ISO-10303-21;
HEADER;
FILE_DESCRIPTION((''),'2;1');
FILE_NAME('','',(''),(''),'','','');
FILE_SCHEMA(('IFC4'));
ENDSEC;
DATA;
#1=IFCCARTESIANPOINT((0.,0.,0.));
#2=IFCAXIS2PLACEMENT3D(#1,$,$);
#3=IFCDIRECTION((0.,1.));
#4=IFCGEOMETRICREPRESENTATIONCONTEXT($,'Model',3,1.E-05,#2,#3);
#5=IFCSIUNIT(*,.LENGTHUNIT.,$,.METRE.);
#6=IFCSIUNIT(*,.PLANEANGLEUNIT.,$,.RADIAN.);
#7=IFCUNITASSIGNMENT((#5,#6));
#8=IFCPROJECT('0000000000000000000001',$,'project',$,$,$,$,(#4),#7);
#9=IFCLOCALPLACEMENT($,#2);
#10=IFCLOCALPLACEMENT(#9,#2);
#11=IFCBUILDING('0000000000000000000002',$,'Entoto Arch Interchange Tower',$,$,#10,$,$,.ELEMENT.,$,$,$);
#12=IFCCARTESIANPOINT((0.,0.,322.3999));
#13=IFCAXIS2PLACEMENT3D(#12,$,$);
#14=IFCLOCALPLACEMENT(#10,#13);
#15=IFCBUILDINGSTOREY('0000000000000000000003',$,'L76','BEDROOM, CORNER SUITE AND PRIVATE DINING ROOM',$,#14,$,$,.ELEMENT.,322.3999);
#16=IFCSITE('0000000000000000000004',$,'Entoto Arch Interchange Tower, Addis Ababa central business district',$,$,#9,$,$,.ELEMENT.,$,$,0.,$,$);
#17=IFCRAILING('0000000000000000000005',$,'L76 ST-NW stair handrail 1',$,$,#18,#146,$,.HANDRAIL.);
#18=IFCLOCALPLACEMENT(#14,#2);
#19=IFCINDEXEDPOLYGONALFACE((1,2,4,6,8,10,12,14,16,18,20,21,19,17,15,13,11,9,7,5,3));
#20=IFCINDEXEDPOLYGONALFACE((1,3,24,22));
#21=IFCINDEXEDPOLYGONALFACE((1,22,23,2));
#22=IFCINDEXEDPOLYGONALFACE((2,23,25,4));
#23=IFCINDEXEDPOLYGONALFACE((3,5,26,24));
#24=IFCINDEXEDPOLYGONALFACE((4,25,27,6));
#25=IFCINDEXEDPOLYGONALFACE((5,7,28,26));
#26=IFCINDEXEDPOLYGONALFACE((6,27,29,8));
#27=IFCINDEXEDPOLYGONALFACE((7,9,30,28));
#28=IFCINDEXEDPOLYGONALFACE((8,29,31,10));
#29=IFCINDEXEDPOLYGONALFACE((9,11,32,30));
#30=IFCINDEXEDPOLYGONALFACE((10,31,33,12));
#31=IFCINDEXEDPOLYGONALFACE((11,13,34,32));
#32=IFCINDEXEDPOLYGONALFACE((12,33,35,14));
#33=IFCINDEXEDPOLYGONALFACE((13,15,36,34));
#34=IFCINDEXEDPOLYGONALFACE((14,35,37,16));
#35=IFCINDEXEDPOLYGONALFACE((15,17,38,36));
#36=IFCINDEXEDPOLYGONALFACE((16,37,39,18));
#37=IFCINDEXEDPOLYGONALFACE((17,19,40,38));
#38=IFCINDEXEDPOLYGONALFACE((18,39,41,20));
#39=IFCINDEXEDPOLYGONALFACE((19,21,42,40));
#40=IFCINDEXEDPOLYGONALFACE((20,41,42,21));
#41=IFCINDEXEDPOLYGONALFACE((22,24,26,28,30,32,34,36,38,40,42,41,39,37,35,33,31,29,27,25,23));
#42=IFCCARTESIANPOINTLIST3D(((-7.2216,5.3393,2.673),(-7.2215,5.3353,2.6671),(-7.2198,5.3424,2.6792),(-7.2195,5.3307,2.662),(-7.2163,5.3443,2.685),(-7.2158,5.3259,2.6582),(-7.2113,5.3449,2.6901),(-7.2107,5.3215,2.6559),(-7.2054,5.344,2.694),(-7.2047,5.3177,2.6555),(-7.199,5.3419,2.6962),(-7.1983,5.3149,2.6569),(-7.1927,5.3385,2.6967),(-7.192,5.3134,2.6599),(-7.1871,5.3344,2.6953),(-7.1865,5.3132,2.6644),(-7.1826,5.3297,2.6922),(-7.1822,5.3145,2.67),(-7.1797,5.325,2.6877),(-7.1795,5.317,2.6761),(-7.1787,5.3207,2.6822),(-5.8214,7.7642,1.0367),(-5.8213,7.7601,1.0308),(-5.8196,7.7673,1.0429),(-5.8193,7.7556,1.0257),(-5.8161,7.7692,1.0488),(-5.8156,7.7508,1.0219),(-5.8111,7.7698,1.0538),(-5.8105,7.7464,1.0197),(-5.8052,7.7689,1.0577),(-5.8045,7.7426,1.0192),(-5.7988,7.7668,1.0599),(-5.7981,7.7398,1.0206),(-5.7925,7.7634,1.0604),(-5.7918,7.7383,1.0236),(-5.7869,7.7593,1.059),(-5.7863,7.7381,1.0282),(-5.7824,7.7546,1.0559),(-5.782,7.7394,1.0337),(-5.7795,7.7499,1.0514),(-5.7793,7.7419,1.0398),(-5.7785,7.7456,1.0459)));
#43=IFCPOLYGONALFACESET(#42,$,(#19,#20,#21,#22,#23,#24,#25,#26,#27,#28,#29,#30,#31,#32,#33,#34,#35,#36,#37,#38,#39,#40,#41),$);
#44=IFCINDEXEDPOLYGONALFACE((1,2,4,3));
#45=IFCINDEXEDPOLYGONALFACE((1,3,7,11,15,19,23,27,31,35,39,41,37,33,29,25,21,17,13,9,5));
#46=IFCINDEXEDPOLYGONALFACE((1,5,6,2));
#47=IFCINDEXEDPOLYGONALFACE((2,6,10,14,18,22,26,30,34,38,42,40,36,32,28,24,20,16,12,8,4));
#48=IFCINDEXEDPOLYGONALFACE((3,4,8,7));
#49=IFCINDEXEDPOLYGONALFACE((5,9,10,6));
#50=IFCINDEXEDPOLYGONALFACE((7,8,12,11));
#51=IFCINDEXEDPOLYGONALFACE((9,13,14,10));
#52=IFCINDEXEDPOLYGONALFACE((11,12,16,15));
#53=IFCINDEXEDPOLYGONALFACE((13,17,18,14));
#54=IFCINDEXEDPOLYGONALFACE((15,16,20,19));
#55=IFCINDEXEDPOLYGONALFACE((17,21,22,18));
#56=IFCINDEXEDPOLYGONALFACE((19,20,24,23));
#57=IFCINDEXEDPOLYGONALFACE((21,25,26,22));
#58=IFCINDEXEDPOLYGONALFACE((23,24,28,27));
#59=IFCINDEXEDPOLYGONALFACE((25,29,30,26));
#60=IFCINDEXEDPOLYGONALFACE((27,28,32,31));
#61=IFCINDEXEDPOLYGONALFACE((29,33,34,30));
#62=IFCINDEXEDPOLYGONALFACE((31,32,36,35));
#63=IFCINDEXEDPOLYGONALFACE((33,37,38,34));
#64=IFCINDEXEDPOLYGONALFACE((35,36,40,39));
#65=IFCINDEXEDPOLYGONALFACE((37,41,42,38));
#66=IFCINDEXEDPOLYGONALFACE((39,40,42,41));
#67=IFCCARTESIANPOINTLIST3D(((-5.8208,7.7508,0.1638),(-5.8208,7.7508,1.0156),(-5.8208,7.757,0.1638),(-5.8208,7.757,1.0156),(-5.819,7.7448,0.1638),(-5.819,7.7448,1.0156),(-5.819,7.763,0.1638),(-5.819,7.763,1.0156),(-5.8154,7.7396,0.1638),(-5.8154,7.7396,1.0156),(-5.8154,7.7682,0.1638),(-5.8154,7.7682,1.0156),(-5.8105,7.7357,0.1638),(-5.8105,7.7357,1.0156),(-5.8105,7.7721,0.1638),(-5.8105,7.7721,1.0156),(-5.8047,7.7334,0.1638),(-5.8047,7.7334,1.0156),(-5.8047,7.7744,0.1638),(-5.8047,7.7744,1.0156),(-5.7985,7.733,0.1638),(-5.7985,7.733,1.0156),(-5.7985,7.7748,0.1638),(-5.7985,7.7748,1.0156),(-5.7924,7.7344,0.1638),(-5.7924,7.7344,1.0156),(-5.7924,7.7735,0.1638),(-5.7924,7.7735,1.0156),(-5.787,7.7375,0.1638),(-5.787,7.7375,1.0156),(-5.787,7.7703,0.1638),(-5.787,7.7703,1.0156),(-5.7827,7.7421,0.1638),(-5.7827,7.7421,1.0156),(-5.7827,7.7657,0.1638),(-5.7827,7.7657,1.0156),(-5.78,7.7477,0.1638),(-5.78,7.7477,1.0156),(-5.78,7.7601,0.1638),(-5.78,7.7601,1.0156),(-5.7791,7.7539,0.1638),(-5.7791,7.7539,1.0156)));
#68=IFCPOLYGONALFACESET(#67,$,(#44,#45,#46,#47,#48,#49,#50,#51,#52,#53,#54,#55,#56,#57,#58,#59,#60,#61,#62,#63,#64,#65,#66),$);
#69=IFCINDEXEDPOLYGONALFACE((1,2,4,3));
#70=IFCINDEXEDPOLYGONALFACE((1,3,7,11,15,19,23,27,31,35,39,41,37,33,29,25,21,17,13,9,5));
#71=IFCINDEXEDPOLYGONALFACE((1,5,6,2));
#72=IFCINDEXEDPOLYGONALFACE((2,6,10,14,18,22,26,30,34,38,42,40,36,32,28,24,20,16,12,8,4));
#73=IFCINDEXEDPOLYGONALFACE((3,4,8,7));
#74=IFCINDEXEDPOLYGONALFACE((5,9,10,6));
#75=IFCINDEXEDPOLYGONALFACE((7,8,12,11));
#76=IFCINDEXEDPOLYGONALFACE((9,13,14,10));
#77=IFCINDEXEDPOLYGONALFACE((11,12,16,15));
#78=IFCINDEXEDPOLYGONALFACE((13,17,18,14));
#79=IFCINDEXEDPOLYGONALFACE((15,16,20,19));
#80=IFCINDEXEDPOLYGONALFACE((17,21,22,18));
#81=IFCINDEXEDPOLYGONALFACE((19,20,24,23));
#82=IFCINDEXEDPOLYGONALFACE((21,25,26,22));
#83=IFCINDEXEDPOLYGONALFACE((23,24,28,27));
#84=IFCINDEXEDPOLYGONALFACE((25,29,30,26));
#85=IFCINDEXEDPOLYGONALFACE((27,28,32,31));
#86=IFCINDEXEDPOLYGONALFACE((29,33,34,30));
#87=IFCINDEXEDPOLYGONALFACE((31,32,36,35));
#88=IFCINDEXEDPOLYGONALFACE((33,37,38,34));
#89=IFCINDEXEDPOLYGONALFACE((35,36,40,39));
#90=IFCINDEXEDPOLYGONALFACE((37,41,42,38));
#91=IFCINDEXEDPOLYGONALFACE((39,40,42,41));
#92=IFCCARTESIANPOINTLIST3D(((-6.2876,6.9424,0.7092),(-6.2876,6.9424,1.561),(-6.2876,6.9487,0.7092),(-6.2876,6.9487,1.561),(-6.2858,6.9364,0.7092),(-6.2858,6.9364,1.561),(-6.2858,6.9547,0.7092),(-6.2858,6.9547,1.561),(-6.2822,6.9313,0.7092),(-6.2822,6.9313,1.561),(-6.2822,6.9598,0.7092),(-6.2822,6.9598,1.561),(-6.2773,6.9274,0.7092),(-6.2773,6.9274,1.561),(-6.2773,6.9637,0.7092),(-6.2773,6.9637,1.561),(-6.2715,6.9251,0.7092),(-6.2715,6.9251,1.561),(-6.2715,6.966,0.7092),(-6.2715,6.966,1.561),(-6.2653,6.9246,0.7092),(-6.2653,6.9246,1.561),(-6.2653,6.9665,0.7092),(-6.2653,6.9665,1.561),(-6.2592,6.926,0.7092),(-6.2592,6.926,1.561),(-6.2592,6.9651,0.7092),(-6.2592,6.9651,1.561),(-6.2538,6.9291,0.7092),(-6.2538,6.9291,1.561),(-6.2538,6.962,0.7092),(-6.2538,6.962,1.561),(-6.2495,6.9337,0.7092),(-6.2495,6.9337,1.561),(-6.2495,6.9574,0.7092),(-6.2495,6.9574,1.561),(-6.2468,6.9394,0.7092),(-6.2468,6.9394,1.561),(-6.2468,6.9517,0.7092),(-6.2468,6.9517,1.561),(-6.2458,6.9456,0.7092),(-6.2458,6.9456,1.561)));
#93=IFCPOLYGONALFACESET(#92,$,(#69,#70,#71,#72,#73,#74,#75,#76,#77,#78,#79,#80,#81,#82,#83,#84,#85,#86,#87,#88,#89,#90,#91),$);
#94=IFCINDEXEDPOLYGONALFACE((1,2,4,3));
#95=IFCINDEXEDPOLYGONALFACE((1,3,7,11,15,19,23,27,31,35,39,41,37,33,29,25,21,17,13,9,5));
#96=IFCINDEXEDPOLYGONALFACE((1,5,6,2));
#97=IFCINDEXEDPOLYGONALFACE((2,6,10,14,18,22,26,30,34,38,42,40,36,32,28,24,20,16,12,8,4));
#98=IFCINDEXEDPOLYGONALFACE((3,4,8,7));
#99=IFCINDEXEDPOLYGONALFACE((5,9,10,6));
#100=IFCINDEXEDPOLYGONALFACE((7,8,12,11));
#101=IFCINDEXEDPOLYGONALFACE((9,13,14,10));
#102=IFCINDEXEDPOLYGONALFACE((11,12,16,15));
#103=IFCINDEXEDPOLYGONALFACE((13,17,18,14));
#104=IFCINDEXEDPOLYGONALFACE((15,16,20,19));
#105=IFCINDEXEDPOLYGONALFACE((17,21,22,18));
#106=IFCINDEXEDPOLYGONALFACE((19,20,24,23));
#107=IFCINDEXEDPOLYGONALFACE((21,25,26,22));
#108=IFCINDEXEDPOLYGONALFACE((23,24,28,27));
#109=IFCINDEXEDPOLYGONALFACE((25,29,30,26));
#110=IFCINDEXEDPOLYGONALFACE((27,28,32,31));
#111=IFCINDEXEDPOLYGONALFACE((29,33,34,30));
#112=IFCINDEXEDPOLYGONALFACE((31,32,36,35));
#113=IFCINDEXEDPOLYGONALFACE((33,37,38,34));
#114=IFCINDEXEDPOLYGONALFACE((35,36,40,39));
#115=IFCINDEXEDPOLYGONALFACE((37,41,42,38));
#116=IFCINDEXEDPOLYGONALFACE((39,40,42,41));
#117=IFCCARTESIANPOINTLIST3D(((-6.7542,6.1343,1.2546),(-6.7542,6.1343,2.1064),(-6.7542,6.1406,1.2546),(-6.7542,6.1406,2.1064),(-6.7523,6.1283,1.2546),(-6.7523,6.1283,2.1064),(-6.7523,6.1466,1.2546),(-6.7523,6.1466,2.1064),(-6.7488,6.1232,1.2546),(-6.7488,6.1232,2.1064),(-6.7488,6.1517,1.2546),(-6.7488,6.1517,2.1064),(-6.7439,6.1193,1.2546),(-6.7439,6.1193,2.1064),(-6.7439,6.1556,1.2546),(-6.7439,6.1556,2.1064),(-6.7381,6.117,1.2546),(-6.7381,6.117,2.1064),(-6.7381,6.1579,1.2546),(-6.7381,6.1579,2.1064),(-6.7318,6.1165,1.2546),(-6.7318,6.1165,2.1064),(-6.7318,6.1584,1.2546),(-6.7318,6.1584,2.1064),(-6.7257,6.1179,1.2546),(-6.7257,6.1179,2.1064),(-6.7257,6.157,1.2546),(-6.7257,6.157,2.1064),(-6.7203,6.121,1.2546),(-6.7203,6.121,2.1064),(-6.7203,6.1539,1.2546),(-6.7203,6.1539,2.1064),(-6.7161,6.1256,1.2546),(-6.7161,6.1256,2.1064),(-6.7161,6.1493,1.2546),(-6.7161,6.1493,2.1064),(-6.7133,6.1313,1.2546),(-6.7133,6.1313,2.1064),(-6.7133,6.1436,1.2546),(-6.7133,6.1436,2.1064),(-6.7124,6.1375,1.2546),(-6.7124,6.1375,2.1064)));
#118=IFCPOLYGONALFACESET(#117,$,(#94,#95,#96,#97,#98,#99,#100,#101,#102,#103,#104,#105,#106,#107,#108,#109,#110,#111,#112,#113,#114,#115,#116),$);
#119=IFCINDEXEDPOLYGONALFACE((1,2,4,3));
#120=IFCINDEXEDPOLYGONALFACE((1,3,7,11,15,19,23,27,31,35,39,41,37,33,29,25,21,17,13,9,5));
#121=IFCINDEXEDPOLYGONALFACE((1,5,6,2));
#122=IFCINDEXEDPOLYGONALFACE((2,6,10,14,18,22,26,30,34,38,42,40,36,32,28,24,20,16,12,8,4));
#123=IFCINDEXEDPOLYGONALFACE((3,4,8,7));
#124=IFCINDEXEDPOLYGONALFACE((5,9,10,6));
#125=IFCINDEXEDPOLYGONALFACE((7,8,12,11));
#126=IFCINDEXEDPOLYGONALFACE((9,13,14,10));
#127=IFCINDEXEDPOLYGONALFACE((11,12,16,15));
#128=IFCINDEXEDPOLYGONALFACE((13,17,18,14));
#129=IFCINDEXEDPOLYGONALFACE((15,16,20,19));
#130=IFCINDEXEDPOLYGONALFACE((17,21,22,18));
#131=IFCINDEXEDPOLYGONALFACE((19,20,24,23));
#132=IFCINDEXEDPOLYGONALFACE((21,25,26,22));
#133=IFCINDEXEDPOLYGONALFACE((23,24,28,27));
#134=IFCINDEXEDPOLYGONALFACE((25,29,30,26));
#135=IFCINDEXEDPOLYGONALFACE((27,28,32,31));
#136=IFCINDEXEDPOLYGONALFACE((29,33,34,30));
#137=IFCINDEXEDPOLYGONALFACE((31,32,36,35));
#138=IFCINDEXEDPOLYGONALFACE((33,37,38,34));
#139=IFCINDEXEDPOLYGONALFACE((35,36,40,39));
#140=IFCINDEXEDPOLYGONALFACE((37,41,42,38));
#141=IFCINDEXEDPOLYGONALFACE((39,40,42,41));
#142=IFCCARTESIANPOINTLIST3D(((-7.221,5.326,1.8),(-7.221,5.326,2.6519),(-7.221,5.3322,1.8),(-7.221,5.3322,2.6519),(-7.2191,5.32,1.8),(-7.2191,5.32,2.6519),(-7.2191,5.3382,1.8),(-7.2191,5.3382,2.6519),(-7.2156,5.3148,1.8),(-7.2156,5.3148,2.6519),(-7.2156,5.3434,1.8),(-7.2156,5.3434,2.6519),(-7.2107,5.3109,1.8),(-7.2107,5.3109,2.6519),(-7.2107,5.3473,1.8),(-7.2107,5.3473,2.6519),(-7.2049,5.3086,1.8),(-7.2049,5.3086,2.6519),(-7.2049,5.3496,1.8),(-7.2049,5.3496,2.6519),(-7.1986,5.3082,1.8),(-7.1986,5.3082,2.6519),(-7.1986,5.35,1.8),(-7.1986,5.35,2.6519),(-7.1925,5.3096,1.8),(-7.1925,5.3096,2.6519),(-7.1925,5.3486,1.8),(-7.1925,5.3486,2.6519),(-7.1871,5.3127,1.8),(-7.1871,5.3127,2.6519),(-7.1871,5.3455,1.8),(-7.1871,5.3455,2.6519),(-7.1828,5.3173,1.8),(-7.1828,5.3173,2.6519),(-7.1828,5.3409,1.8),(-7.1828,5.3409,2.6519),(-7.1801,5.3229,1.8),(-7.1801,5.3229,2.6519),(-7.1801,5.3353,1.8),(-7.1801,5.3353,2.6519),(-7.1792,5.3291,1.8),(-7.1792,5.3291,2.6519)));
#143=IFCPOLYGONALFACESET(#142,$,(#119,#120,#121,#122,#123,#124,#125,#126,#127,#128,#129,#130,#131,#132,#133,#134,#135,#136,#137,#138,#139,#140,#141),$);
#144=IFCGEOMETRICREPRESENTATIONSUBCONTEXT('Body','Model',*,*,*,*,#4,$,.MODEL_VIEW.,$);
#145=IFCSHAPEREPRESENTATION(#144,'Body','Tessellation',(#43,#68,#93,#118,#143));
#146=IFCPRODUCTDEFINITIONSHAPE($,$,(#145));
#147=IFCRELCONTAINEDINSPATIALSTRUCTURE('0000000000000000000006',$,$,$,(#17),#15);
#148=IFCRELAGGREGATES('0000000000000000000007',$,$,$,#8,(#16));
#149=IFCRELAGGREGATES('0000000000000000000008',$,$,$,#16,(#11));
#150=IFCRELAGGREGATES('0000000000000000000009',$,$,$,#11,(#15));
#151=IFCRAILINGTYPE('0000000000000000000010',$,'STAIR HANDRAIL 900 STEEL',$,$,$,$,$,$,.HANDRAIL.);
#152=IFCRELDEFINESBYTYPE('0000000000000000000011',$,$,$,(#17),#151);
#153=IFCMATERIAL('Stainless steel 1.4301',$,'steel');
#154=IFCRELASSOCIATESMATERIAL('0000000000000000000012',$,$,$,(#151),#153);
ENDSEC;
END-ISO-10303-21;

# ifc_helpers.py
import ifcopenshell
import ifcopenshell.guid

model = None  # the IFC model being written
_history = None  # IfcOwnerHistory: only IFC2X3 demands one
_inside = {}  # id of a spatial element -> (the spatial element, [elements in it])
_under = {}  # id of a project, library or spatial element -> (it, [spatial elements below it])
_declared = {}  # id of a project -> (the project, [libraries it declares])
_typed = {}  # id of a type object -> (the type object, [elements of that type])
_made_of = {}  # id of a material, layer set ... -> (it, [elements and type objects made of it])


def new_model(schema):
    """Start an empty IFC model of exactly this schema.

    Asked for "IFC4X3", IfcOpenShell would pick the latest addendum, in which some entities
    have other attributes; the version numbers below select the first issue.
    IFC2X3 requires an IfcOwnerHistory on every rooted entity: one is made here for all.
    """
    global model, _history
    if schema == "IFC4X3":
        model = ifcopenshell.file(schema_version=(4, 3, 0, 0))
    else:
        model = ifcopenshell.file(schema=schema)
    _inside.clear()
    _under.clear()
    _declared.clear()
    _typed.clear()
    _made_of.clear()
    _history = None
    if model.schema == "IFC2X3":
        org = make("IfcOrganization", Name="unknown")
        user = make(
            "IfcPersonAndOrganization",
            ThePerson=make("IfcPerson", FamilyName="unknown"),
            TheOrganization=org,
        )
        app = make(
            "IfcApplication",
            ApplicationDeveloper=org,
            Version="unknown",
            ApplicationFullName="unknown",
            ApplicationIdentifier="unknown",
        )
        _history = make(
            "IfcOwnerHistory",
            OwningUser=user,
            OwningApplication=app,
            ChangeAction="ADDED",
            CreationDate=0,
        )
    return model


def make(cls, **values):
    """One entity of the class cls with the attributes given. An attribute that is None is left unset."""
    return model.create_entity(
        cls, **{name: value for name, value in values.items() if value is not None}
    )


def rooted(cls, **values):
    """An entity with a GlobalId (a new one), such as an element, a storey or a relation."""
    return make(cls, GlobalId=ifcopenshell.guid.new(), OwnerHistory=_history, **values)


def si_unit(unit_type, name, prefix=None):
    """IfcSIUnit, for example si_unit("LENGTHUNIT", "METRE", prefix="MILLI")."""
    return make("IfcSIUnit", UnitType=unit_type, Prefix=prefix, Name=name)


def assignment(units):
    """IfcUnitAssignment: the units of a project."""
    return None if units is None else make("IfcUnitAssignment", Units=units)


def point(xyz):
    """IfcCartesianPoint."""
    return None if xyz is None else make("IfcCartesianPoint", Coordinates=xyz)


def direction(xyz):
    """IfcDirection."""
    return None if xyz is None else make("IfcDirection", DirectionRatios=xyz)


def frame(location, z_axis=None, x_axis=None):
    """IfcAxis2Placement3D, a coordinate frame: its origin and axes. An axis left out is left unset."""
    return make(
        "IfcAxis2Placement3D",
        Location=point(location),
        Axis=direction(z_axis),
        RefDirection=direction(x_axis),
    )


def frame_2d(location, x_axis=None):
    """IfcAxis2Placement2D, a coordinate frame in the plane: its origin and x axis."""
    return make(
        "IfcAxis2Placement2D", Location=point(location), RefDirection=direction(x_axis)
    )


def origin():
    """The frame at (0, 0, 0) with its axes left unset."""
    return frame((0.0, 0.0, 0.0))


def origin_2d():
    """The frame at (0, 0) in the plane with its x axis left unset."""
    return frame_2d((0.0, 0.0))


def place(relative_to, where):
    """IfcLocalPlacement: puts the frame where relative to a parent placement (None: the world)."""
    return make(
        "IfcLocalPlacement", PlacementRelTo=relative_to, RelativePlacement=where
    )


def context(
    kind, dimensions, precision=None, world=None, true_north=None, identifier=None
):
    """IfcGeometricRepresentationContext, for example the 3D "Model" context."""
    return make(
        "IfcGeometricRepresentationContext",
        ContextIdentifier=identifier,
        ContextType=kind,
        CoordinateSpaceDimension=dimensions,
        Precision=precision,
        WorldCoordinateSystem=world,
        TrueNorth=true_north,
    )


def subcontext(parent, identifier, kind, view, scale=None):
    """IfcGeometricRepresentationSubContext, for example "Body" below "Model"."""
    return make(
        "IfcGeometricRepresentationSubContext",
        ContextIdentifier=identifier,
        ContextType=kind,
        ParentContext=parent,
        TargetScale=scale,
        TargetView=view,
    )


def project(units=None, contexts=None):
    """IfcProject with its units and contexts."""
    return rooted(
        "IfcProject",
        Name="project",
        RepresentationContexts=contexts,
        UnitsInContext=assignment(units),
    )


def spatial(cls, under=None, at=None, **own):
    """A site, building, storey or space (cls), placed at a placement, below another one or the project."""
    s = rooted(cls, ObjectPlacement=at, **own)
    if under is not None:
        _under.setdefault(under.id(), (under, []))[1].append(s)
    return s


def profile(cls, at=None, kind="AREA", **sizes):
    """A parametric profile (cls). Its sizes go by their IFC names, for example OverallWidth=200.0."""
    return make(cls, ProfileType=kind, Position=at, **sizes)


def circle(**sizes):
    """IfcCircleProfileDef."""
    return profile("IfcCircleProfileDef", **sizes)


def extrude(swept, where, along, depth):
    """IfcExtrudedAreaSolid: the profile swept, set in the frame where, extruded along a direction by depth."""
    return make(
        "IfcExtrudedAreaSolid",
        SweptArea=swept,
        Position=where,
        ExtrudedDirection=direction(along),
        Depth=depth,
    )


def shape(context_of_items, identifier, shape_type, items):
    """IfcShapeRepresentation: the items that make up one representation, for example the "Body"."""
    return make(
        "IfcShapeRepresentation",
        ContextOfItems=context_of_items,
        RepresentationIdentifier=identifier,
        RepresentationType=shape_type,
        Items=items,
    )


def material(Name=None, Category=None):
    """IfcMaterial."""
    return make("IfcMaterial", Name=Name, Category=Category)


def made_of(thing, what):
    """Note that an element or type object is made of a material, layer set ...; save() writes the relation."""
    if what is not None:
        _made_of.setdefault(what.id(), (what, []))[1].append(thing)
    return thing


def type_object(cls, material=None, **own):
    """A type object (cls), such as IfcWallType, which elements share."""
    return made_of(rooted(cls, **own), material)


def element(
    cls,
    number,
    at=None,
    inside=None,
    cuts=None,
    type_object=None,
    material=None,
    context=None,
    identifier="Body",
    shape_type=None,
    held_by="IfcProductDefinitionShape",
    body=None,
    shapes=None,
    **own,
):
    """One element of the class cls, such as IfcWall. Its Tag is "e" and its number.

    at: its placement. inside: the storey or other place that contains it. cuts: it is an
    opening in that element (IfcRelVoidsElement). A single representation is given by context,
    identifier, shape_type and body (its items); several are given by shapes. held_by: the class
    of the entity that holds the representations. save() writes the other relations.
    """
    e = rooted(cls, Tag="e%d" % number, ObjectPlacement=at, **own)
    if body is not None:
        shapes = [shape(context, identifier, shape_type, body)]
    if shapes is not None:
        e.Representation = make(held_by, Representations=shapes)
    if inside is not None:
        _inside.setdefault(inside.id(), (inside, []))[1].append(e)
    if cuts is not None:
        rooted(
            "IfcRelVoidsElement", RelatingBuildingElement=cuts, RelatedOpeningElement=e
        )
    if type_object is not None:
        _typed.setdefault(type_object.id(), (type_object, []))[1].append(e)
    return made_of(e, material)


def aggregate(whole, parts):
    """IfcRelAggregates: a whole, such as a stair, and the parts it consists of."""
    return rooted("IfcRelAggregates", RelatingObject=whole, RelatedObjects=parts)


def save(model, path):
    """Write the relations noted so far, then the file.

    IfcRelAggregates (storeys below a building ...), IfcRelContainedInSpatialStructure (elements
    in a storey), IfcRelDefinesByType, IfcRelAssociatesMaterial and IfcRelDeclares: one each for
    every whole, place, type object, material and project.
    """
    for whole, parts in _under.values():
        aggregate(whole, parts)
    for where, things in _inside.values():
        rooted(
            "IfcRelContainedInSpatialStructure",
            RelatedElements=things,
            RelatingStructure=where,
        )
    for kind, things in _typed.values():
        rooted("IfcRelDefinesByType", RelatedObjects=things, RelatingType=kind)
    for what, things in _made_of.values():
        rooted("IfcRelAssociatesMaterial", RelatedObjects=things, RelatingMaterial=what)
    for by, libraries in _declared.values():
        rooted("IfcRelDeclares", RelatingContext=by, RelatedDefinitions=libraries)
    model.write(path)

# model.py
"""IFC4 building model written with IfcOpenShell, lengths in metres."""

from ifc_helpers import new_model, si_unit, direction, frame, origin, origin_2d, place, context, subcontext, project, spatial, circle, extrude, material, type_object, element, save


model = new_model("IFC4")

# Units and contexts
model_context = context("Model", 3, precision=1e-05, world=origin(), true_north=direction((0.0, 1.0)))
body_context = subcontext(model_context, "Body", "Model", "MODEL_VIEW")
ifc_project = project(units=[si_unit("LENGTHUNIT", "METRE"), si_unit("PLANEANGLEUNIT", "RADIAN")], contexts=[model_context])

# Site, building, storey
site_placement = place(None, origin())
site = spatial("IfcSite", under=ifc_project, at=site_placement, Name="Entoto Arch Interchange Tower, Addis Ababa central business district", CompositionType="ELEMENT", RefElevation=0.0)
building_placement = place(site_placement, origin())
building = spatial("IfcBuilding", under=site, at=building_placement, Name="Entoto Arch Interchange Tower", CompositionType="ELEMENT")
storey_placement = place(building_placement, frame((0.0, 0.0, 322.3999)))
storey = spatial("IfcBuildingStorey", under=building, at=storey_placement, Name="L76", Description="BEDROOM, CORNER SUITE AND PRIVATE DINING ROOM", CompositionType="ELEMENT", Elevation=322.3999)

# Railing
ifc_material_1 = material(Name="Stainless steel 1.4301", Category="steel")
railing_type_1 = type_object("IfcRailingType", Name="STAIR HANDRAIL 900 STEEL", PredefinedType="HANDRAIL", material=ifc_material_1)
railing_1_placement = place(storey_placement, frame((-5.8, 7.7539, 0.1638)))
element("IfcRailing", 1, at=railing_1_placement, inside=storey, type_object=railing_type_1, Name="L76 ST-NW stair handrail 1", PredefinedType="HANDRAIL", context=body_context, shape_type="SweptSolid", body=[
    extrude(circle(Radius=0.0239, at=origin_2d()), frame((0.0, 0.0, 0.876), z_axis=(-0.431738, -0.747694, 0.504535), x_axis=(0.865997, -0.50005, 0.0)), (0.0, 0.0, 1.0), 3.2432),
    extrude(circle(Radius=0.021, at=origin_2d()), origin(), (0.0, 0.0, 1.0), 0.8518),
    extrude(circle(Radius=0.021, at=origin_2d()), frame((-0.4668, -0.8083, 0.5454)), (0.0, 0.0, 1.0), 0.8518),
    extrude(circle(Radius=0.021, at=origin_2d()), frame((-0.9333, -1.6165, 1.0908)), (0.0, 0.0, 1.0), 0.8518),
    extrude(circle(Radius=0.021, at=origin_2d()), frame((-1.4001, -2.4248, 1.6362)), (0.0, 0.0, 1.0), 0.8518),
])

save(model, "model.ifc")
